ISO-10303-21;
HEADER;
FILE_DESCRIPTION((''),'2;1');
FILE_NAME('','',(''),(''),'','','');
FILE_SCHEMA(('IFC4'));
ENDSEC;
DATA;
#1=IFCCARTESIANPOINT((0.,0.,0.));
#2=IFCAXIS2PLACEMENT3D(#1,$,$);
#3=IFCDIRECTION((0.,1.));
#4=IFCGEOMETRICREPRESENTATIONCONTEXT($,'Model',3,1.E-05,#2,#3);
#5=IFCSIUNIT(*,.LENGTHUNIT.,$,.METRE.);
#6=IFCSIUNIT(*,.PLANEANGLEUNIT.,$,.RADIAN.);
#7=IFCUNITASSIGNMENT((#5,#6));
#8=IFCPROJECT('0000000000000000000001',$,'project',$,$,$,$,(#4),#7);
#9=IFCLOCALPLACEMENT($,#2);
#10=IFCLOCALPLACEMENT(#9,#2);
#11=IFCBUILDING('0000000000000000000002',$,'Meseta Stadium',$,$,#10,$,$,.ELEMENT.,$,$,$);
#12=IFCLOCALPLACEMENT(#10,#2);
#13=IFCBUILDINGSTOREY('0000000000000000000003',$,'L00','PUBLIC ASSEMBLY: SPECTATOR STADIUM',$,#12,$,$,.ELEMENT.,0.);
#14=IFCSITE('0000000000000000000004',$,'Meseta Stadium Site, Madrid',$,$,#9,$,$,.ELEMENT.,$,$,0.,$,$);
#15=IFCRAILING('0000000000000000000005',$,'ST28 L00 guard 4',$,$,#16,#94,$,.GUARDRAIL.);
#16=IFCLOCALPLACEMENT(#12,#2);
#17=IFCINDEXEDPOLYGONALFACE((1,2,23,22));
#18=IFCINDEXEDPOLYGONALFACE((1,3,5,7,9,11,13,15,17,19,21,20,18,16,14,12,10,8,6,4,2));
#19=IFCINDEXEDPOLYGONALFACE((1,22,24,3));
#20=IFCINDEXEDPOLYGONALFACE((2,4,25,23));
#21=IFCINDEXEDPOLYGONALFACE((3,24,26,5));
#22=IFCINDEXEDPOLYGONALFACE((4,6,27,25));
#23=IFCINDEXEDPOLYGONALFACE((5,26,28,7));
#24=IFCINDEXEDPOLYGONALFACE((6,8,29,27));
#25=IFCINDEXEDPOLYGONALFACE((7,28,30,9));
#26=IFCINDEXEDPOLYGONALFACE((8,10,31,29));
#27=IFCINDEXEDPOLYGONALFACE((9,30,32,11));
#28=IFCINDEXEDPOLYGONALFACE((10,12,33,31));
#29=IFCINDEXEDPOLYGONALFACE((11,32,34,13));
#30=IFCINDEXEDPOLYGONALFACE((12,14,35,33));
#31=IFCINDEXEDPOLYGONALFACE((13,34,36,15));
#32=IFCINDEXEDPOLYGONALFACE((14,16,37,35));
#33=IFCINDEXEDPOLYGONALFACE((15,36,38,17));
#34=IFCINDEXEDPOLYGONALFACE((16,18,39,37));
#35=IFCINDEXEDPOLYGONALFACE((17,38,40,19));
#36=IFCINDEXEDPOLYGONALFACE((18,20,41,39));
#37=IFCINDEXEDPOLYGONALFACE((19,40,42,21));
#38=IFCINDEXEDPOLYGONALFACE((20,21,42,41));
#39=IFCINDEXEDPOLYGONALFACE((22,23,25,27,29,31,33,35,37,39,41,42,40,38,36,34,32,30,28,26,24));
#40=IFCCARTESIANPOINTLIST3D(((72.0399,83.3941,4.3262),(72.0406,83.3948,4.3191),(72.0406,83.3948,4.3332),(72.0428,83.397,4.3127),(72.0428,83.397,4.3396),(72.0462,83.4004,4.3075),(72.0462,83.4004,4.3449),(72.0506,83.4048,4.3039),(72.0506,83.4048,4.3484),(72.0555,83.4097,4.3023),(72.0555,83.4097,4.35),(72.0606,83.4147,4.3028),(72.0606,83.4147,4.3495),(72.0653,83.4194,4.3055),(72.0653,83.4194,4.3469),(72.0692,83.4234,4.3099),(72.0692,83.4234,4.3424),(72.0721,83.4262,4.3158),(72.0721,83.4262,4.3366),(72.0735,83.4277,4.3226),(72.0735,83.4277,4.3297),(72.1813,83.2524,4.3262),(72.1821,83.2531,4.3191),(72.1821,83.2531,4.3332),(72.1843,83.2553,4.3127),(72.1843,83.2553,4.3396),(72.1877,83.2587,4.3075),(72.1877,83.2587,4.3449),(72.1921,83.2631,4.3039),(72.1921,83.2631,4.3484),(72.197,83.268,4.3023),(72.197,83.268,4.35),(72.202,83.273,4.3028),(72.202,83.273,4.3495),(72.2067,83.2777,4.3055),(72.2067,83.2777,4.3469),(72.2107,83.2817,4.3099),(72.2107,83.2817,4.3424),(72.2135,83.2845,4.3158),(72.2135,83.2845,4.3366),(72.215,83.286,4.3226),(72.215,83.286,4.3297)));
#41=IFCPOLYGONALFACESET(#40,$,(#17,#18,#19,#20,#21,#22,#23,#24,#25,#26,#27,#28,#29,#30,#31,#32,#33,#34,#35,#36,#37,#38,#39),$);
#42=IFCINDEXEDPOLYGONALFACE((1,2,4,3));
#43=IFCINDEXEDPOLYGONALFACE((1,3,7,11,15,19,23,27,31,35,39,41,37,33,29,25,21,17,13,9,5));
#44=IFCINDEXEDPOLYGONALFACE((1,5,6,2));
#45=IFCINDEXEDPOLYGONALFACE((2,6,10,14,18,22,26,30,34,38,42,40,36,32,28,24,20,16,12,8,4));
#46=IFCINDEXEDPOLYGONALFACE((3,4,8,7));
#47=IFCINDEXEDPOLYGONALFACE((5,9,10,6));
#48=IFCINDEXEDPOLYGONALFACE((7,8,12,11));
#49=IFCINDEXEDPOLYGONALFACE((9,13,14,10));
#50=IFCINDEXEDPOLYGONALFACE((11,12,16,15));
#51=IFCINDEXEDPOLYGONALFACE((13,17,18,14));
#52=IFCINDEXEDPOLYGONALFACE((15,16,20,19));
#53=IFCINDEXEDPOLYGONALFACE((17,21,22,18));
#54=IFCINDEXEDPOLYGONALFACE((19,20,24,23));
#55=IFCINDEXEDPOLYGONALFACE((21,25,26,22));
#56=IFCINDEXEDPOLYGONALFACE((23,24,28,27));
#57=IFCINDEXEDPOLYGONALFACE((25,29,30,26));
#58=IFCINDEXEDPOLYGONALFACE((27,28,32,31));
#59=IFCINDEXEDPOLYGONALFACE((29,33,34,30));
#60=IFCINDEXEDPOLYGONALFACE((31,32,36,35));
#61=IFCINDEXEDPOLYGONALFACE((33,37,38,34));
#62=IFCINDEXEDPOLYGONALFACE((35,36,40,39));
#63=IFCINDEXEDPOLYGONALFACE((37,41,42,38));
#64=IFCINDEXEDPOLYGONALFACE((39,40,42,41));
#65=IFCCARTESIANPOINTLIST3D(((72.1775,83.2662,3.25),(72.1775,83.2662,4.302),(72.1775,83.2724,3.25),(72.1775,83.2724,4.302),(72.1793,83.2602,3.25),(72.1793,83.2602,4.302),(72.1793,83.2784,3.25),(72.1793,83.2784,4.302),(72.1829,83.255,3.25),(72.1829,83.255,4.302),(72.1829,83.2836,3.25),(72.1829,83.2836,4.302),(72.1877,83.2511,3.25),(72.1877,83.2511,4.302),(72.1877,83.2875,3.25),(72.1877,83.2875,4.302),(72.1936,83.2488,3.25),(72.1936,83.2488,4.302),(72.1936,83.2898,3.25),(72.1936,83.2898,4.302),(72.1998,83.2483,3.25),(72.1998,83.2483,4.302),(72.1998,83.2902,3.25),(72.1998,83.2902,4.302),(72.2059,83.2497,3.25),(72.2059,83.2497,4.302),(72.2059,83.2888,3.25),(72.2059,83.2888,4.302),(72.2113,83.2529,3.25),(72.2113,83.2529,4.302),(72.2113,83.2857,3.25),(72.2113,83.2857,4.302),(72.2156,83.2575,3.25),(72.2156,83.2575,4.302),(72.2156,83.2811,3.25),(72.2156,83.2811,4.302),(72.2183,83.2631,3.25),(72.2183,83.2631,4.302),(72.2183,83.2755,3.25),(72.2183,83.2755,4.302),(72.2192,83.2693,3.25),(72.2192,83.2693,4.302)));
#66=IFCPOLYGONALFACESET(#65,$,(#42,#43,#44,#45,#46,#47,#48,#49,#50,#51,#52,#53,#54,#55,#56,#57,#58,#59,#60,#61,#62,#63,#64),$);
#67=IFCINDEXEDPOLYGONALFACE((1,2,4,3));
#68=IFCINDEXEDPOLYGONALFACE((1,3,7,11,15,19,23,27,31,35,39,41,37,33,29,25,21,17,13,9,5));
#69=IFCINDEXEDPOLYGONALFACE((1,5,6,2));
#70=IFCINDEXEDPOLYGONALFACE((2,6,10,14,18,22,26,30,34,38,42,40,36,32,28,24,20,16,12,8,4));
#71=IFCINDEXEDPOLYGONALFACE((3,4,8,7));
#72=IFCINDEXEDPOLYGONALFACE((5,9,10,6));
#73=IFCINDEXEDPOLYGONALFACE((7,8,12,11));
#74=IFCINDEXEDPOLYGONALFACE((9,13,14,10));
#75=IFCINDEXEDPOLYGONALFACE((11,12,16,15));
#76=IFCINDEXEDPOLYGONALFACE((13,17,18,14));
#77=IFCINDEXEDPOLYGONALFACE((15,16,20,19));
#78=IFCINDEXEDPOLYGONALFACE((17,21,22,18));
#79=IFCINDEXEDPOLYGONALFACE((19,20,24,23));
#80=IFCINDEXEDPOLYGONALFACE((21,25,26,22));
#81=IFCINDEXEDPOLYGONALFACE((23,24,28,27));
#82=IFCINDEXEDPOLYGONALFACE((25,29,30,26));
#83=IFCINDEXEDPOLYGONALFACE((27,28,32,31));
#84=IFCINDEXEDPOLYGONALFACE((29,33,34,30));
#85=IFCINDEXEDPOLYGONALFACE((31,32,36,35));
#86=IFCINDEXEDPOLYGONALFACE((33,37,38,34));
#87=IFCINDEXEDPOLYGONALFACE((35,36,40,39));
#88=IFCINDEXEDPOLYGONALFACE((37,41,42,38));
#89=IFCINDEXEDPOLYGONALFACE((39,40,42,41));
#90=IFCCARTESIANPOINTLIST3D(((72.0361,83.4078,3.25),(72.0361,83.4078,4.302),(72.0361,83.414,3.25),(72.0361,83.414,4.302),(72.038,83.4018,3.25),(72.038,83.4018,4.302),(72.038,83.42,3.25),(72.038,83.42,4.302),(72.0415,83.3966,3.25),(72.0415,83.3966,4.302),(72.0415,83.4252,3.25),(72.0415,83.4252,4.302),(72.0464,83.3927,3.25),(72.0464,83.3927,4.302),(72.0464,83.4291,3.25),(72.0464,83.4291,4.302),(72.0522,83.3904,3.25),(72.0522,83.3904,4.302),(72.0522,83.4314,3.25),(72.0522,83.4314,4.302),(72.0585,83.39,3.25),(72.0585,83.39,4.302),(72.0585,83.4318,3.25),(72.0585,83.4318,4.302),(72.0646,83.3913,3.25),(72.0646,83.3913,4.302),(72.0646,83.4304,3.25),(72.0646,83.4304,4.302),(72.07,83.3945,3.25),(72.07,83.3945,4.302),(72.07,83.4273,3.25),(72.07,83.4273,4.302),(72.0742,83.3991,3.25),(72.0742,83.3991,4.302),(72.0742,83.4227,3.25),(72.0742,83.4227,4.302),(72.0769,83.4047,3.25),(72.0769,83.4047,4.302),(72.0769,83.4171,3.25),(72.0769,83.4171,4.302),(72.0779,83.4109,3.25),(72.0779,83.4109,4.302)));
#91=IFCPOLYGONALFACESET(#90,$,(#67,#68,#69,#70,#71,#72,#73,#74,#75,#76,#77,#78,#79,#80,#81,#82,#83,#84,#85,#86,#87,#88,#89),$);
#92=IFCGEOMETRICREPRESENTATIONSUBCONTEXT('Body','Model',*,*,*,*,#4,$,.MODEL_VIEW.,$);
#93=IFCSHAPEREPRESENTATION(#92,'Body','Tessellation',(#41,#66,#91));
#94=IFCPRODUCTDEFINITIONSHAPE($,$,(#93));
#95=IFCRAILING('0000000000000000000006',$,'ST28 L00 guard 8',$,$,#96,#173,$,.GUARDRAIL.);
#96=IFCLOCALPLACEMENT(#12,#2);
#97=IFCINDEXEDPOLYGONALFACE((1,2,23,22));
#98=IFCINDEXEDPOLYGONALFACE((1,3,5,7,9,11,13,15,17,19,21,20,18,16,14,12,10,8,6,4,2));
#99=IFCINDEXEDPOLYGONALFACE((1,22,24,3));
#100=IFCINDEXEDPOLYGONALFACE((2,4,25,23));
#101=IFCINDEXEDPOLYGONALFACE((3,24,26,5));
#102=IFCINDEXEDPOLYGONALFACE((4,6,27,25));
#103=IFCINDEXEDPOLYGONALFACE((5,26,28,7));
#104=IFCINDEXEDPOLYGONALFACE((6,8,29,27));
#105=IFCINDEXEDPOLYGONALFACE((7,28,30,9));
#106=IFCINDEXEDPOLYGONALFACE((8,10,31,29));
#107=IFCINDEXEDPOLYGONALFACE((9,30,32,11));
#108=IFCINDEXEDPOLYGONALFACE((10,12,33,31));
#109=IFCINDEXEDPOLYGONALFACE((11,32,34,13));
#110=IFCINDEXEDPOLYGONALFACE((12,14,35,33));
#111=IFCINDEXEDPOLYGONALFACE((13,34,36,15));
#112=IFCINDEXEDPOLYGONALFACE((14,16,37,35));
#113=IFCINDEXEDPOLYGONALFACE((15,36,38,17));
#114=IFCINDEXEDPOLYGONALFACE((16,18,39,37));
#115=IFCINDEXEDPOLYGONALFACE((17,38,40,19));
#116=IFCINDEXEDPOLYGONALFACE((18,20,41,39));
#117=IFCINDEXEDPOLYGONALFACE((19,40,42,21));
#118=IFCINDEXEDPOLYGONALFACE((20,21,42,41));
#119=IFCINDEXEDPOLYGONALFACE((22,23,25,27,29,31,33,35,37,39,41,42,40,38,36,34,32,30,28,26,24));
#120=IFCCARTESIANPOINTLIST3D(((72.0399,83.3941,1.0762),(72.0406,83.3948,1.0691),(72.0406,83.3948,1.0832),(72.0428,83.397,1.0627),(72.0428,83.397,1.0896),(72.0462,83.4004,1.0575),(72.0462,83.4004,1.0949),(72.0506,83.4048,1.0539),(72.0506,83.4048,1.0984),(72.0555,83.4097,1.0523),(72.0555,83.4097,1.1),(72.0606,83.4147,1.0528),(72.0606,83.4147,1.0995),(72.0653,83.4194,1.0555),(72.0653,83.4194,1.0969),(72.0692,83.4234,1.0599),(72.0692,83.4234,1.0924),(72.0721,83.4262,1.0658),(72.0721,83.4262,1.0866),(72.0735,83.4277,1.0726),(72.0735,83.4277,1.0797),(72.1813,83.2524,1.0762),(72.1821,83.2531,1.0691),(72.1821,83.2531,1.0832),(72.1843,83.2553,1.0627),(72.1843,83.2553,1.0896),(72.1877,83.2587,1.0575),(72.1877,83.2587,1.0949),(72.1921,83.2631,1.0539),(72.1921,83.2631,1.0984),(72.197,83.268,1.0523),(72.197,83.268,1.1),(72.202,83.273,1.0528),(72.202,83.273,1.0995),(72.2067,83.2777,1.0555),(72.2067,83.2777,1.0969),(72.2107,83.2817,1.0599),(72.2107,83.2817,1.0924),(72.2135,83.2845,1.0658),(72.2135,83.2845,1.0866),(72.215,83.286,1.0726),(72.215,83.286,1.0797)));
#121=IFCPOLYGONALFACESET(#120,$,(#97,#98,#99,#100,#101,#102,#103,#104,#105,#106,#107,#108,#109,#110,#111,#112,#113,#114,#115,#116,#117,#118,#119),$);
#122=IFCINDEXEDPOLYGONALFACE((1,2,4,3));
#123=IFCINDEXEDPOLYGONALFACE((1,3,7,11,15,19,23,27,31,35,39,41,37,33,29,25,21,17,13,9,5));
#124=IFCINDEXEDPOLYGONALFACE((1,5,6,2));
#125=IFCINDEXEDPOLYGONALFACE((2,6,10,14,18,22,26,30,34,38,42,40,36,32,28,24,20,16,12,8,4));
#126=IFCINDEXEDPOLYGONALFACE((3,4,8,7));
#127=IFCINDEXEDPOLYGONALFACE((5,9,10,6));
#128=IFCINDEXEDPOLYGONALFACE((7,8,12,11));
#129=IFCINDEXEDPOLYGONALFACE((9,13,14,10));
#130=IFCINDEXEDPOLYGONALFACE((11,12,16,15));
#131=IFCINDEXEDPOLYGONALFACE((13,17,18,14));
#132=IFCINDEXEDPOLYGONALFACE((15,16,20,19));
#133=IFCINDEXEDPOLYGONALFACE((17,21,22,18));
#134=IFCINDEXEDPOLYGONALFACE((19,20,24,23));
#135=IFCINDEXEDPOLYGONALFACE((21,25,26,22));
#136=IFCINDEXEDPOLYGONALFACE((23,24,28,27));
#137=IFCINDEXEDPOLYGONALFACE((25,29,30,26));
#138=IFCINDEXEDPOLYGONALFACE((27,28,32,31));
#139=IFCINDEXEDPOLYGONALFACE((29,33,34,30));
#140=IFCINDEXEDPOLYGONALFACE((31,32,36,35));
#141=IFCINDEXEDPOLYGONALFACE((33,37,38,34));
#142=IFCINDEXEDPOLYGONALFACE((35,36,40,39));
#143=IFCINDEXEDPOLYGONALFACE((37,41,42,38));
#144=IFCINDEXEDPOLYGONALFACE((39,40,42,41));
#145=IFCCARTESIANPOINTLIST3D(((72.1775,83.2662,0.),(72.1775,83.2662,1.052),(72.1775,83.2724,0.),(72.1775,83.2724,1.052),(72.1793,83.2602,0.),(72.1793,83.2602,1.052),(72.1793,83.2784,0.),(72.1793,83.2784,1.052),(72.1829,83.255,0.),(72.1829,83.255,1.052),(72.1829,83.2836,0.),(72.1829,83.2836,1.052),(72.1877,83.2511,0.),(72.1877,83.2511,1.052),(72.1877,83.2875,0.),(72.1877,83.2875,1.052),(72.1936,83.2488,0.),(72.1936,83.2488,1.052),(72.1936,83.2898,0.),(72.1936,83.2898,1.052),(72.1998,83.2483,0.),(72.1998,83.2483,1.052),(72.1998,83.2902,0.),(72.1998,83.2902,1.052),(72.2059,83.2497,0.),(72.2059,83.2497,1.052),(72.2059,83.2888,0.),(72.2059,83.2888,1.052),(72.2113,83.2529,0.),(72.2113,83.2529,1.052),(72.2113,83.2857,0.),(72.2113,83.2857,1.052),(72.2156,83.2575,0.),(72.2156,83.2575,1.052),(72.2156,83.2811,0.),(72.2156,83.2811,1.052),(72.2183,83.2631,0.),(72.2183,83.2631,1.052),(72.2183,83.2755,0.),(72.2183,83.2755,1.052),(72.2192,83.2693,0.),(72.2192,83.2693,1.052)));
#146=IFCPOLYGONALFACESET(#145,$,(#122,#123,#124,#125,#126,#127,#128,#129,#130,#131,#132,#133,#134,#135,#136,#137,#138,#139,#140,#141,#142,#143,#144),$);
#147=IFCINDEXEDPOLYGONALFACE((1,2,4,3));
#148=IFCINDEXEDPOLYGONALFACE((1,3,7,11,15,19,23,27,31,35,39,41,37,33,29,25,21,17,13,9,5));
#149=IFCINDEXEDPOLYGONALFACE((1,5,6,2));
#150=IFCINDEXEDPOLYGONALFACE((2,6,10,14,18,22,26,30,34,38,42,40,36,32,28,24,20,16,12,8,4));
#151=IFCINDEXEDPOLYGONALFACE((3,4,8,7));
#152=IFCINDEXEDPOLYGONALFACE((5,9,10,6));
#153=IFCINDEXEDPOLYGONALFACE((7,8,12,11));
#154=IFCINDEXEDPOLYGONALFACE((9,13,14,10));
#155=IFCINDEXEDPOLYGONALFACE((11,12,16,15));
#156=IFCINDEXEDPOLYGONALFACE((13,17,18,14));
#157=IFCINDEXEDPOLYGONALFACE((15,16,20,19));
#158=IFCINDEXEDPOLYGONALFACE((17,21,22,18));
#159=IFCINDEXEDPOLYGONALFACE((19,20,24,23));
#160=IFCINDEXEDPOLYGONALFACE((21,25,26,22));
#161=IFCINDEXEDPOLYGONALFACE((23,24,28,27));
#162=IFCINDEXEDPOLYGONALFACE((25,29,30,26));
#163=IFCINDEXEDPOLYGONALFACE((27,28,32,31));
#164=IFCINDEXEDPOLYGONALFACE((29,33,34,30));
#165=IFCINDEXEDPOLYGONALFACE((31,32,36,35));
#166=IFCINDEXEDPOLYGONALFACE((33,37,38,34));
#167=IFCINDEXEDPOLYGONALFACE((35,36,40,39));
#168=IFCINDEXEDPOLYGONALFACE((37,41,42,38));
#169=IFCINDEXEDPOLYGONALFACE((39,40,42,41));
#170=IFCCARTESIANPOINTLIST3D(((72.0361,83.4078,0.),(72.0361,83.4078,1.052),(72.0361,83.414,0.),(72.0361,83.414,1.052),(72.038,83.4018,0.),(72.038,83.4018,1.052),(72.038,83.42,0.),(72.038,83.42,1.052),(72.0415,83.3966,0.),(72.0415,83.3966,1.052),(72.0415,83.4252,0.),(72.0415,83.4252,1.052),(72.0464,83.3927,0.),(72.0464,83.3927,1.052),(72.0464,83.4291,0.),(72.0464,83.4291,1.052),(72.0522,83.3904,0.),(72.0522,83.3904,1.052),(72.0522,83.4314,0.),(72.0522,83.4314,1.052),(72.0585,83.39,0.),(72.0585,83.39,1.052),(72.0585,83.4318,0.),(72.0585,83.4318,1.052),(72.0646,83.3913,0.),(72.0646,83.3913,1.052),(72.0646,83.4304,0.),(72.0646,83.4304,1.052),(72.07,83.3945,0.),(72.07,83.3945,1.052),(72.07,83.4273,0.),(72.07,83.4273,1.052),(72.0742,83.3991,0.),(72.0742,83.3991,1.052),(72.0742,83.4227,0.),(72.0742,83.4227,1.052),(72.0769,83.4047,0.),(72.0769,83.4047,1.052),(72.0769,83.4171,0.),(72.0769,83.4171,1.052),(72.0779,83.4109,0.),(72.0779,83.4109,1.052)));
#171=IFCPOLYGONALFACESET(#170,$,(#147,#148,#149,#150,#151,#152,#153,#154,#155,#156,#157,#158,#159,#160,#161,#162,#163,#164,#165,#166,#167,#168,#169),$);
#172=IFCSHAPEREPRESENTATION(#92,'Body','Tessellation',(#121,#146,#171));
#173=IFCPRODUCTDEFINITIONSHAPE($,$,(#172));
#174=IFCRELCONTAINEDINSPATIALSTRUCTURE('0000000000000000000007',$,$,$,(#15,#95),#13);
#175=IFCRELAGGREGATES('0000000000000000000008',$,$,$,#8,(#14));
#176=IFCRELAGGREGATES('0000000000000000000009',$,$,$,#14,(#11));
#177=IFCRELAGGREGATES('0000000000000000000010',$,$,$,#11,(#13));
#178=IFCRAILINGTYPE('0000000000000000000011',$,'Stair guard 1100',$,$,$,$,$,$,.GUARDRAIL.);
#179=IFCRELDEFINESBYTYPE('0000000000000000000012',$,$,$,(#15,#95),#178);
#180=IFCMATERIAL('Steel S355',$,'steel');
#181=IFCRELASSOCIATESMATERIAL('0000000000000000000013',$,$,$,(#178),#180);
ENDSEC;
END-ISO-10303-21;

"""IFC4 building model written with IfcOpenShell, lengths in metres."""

from ifc_helpers import new_model, si_unit, direction, frame, origin, origin_2d, place, context, subcontext, project, spatial, circle, extrude, material, type_object, element, save


model = new_model("IFC4")

# Units and contexts
model_context = context("Model", 3, precision=1e-05, world=origin(), true_north=direction((0.0, 1.0)))
body_context = subcontext(model_context, "Body", "Model", "MODEL_VIEW")
ifc_project = project(units=[si_unit("LENGTHUNIT", "METRE"), si_unit("PLANEANGLEUNIT", "RADIAN")], contexts=[model_context])

# Site, building, storey
site_placement = place(None, origin())
site = spatial("IfcSite", under=ifc_project, at=site_placement, Name="Meseta Stadium Site, Madrid", CompositionType="ELEMENT", RefElevation=0.0)
building_placement = place(site_placement, origin())
building = spatial("IfcBuilding", under=site, at=building_placement, Name="Meseta Stadium", CompositionType="ELEMENT")
storey_placement = place(building_placement, origin())
storey = spatial("IfcBuildingStorey", under=building, at=storey_placement, Name="L00", Description="PUBLIC ASSEMBLY: SPECTATOR STADIUM", CompositionType="ELEMENT", Elevation=0.0)

# Railings
ifc_material_1 = material(Name="Steel S355", Category="steel")
railing_type_1 = type_object("IfcRailingType", Name="Stair guard 1100", PredefinedType="GUARDRAIL", material=ifc_material_1)
for number, where, name in (
    (1, (72.1982, 83.2693, 3.25), "ST28 L00 guard 4"),
    (2, (72.1982, 83.2693, 0.0), "ST28 L00 guard 8"),
):
    element("IfcRailing", number, at=place(storey_placement, frame(where)), inside=storey, type_object=railing_type_1, Name=name, PredefinedType="GUARDRAIL", context=body_context, shape_type="SweptSolid", body=[
        extrude(circle(Radius=0.0239, at=origin_2d()), frame((0.0, 0.0, 1.0762), z_axis=(-0.706496, 0.707717, 0.0), x_axis=(-0.707717, -0.706496, 0.0)), (0.0, 0.0, 1.0), 0.2002),
        extrude(circle(Radius=0.021, at=origin_2d()), origin(), (0.0, 0.0, 1.0), 1.052),
        extrude(circle(Radius=0.021, at=origin_2d()), frame((-0.1414, 0.1416, 0.0)), (0.0, 0.0, 1.0), 1.052),
    ])

save(model, "model.ifc")
